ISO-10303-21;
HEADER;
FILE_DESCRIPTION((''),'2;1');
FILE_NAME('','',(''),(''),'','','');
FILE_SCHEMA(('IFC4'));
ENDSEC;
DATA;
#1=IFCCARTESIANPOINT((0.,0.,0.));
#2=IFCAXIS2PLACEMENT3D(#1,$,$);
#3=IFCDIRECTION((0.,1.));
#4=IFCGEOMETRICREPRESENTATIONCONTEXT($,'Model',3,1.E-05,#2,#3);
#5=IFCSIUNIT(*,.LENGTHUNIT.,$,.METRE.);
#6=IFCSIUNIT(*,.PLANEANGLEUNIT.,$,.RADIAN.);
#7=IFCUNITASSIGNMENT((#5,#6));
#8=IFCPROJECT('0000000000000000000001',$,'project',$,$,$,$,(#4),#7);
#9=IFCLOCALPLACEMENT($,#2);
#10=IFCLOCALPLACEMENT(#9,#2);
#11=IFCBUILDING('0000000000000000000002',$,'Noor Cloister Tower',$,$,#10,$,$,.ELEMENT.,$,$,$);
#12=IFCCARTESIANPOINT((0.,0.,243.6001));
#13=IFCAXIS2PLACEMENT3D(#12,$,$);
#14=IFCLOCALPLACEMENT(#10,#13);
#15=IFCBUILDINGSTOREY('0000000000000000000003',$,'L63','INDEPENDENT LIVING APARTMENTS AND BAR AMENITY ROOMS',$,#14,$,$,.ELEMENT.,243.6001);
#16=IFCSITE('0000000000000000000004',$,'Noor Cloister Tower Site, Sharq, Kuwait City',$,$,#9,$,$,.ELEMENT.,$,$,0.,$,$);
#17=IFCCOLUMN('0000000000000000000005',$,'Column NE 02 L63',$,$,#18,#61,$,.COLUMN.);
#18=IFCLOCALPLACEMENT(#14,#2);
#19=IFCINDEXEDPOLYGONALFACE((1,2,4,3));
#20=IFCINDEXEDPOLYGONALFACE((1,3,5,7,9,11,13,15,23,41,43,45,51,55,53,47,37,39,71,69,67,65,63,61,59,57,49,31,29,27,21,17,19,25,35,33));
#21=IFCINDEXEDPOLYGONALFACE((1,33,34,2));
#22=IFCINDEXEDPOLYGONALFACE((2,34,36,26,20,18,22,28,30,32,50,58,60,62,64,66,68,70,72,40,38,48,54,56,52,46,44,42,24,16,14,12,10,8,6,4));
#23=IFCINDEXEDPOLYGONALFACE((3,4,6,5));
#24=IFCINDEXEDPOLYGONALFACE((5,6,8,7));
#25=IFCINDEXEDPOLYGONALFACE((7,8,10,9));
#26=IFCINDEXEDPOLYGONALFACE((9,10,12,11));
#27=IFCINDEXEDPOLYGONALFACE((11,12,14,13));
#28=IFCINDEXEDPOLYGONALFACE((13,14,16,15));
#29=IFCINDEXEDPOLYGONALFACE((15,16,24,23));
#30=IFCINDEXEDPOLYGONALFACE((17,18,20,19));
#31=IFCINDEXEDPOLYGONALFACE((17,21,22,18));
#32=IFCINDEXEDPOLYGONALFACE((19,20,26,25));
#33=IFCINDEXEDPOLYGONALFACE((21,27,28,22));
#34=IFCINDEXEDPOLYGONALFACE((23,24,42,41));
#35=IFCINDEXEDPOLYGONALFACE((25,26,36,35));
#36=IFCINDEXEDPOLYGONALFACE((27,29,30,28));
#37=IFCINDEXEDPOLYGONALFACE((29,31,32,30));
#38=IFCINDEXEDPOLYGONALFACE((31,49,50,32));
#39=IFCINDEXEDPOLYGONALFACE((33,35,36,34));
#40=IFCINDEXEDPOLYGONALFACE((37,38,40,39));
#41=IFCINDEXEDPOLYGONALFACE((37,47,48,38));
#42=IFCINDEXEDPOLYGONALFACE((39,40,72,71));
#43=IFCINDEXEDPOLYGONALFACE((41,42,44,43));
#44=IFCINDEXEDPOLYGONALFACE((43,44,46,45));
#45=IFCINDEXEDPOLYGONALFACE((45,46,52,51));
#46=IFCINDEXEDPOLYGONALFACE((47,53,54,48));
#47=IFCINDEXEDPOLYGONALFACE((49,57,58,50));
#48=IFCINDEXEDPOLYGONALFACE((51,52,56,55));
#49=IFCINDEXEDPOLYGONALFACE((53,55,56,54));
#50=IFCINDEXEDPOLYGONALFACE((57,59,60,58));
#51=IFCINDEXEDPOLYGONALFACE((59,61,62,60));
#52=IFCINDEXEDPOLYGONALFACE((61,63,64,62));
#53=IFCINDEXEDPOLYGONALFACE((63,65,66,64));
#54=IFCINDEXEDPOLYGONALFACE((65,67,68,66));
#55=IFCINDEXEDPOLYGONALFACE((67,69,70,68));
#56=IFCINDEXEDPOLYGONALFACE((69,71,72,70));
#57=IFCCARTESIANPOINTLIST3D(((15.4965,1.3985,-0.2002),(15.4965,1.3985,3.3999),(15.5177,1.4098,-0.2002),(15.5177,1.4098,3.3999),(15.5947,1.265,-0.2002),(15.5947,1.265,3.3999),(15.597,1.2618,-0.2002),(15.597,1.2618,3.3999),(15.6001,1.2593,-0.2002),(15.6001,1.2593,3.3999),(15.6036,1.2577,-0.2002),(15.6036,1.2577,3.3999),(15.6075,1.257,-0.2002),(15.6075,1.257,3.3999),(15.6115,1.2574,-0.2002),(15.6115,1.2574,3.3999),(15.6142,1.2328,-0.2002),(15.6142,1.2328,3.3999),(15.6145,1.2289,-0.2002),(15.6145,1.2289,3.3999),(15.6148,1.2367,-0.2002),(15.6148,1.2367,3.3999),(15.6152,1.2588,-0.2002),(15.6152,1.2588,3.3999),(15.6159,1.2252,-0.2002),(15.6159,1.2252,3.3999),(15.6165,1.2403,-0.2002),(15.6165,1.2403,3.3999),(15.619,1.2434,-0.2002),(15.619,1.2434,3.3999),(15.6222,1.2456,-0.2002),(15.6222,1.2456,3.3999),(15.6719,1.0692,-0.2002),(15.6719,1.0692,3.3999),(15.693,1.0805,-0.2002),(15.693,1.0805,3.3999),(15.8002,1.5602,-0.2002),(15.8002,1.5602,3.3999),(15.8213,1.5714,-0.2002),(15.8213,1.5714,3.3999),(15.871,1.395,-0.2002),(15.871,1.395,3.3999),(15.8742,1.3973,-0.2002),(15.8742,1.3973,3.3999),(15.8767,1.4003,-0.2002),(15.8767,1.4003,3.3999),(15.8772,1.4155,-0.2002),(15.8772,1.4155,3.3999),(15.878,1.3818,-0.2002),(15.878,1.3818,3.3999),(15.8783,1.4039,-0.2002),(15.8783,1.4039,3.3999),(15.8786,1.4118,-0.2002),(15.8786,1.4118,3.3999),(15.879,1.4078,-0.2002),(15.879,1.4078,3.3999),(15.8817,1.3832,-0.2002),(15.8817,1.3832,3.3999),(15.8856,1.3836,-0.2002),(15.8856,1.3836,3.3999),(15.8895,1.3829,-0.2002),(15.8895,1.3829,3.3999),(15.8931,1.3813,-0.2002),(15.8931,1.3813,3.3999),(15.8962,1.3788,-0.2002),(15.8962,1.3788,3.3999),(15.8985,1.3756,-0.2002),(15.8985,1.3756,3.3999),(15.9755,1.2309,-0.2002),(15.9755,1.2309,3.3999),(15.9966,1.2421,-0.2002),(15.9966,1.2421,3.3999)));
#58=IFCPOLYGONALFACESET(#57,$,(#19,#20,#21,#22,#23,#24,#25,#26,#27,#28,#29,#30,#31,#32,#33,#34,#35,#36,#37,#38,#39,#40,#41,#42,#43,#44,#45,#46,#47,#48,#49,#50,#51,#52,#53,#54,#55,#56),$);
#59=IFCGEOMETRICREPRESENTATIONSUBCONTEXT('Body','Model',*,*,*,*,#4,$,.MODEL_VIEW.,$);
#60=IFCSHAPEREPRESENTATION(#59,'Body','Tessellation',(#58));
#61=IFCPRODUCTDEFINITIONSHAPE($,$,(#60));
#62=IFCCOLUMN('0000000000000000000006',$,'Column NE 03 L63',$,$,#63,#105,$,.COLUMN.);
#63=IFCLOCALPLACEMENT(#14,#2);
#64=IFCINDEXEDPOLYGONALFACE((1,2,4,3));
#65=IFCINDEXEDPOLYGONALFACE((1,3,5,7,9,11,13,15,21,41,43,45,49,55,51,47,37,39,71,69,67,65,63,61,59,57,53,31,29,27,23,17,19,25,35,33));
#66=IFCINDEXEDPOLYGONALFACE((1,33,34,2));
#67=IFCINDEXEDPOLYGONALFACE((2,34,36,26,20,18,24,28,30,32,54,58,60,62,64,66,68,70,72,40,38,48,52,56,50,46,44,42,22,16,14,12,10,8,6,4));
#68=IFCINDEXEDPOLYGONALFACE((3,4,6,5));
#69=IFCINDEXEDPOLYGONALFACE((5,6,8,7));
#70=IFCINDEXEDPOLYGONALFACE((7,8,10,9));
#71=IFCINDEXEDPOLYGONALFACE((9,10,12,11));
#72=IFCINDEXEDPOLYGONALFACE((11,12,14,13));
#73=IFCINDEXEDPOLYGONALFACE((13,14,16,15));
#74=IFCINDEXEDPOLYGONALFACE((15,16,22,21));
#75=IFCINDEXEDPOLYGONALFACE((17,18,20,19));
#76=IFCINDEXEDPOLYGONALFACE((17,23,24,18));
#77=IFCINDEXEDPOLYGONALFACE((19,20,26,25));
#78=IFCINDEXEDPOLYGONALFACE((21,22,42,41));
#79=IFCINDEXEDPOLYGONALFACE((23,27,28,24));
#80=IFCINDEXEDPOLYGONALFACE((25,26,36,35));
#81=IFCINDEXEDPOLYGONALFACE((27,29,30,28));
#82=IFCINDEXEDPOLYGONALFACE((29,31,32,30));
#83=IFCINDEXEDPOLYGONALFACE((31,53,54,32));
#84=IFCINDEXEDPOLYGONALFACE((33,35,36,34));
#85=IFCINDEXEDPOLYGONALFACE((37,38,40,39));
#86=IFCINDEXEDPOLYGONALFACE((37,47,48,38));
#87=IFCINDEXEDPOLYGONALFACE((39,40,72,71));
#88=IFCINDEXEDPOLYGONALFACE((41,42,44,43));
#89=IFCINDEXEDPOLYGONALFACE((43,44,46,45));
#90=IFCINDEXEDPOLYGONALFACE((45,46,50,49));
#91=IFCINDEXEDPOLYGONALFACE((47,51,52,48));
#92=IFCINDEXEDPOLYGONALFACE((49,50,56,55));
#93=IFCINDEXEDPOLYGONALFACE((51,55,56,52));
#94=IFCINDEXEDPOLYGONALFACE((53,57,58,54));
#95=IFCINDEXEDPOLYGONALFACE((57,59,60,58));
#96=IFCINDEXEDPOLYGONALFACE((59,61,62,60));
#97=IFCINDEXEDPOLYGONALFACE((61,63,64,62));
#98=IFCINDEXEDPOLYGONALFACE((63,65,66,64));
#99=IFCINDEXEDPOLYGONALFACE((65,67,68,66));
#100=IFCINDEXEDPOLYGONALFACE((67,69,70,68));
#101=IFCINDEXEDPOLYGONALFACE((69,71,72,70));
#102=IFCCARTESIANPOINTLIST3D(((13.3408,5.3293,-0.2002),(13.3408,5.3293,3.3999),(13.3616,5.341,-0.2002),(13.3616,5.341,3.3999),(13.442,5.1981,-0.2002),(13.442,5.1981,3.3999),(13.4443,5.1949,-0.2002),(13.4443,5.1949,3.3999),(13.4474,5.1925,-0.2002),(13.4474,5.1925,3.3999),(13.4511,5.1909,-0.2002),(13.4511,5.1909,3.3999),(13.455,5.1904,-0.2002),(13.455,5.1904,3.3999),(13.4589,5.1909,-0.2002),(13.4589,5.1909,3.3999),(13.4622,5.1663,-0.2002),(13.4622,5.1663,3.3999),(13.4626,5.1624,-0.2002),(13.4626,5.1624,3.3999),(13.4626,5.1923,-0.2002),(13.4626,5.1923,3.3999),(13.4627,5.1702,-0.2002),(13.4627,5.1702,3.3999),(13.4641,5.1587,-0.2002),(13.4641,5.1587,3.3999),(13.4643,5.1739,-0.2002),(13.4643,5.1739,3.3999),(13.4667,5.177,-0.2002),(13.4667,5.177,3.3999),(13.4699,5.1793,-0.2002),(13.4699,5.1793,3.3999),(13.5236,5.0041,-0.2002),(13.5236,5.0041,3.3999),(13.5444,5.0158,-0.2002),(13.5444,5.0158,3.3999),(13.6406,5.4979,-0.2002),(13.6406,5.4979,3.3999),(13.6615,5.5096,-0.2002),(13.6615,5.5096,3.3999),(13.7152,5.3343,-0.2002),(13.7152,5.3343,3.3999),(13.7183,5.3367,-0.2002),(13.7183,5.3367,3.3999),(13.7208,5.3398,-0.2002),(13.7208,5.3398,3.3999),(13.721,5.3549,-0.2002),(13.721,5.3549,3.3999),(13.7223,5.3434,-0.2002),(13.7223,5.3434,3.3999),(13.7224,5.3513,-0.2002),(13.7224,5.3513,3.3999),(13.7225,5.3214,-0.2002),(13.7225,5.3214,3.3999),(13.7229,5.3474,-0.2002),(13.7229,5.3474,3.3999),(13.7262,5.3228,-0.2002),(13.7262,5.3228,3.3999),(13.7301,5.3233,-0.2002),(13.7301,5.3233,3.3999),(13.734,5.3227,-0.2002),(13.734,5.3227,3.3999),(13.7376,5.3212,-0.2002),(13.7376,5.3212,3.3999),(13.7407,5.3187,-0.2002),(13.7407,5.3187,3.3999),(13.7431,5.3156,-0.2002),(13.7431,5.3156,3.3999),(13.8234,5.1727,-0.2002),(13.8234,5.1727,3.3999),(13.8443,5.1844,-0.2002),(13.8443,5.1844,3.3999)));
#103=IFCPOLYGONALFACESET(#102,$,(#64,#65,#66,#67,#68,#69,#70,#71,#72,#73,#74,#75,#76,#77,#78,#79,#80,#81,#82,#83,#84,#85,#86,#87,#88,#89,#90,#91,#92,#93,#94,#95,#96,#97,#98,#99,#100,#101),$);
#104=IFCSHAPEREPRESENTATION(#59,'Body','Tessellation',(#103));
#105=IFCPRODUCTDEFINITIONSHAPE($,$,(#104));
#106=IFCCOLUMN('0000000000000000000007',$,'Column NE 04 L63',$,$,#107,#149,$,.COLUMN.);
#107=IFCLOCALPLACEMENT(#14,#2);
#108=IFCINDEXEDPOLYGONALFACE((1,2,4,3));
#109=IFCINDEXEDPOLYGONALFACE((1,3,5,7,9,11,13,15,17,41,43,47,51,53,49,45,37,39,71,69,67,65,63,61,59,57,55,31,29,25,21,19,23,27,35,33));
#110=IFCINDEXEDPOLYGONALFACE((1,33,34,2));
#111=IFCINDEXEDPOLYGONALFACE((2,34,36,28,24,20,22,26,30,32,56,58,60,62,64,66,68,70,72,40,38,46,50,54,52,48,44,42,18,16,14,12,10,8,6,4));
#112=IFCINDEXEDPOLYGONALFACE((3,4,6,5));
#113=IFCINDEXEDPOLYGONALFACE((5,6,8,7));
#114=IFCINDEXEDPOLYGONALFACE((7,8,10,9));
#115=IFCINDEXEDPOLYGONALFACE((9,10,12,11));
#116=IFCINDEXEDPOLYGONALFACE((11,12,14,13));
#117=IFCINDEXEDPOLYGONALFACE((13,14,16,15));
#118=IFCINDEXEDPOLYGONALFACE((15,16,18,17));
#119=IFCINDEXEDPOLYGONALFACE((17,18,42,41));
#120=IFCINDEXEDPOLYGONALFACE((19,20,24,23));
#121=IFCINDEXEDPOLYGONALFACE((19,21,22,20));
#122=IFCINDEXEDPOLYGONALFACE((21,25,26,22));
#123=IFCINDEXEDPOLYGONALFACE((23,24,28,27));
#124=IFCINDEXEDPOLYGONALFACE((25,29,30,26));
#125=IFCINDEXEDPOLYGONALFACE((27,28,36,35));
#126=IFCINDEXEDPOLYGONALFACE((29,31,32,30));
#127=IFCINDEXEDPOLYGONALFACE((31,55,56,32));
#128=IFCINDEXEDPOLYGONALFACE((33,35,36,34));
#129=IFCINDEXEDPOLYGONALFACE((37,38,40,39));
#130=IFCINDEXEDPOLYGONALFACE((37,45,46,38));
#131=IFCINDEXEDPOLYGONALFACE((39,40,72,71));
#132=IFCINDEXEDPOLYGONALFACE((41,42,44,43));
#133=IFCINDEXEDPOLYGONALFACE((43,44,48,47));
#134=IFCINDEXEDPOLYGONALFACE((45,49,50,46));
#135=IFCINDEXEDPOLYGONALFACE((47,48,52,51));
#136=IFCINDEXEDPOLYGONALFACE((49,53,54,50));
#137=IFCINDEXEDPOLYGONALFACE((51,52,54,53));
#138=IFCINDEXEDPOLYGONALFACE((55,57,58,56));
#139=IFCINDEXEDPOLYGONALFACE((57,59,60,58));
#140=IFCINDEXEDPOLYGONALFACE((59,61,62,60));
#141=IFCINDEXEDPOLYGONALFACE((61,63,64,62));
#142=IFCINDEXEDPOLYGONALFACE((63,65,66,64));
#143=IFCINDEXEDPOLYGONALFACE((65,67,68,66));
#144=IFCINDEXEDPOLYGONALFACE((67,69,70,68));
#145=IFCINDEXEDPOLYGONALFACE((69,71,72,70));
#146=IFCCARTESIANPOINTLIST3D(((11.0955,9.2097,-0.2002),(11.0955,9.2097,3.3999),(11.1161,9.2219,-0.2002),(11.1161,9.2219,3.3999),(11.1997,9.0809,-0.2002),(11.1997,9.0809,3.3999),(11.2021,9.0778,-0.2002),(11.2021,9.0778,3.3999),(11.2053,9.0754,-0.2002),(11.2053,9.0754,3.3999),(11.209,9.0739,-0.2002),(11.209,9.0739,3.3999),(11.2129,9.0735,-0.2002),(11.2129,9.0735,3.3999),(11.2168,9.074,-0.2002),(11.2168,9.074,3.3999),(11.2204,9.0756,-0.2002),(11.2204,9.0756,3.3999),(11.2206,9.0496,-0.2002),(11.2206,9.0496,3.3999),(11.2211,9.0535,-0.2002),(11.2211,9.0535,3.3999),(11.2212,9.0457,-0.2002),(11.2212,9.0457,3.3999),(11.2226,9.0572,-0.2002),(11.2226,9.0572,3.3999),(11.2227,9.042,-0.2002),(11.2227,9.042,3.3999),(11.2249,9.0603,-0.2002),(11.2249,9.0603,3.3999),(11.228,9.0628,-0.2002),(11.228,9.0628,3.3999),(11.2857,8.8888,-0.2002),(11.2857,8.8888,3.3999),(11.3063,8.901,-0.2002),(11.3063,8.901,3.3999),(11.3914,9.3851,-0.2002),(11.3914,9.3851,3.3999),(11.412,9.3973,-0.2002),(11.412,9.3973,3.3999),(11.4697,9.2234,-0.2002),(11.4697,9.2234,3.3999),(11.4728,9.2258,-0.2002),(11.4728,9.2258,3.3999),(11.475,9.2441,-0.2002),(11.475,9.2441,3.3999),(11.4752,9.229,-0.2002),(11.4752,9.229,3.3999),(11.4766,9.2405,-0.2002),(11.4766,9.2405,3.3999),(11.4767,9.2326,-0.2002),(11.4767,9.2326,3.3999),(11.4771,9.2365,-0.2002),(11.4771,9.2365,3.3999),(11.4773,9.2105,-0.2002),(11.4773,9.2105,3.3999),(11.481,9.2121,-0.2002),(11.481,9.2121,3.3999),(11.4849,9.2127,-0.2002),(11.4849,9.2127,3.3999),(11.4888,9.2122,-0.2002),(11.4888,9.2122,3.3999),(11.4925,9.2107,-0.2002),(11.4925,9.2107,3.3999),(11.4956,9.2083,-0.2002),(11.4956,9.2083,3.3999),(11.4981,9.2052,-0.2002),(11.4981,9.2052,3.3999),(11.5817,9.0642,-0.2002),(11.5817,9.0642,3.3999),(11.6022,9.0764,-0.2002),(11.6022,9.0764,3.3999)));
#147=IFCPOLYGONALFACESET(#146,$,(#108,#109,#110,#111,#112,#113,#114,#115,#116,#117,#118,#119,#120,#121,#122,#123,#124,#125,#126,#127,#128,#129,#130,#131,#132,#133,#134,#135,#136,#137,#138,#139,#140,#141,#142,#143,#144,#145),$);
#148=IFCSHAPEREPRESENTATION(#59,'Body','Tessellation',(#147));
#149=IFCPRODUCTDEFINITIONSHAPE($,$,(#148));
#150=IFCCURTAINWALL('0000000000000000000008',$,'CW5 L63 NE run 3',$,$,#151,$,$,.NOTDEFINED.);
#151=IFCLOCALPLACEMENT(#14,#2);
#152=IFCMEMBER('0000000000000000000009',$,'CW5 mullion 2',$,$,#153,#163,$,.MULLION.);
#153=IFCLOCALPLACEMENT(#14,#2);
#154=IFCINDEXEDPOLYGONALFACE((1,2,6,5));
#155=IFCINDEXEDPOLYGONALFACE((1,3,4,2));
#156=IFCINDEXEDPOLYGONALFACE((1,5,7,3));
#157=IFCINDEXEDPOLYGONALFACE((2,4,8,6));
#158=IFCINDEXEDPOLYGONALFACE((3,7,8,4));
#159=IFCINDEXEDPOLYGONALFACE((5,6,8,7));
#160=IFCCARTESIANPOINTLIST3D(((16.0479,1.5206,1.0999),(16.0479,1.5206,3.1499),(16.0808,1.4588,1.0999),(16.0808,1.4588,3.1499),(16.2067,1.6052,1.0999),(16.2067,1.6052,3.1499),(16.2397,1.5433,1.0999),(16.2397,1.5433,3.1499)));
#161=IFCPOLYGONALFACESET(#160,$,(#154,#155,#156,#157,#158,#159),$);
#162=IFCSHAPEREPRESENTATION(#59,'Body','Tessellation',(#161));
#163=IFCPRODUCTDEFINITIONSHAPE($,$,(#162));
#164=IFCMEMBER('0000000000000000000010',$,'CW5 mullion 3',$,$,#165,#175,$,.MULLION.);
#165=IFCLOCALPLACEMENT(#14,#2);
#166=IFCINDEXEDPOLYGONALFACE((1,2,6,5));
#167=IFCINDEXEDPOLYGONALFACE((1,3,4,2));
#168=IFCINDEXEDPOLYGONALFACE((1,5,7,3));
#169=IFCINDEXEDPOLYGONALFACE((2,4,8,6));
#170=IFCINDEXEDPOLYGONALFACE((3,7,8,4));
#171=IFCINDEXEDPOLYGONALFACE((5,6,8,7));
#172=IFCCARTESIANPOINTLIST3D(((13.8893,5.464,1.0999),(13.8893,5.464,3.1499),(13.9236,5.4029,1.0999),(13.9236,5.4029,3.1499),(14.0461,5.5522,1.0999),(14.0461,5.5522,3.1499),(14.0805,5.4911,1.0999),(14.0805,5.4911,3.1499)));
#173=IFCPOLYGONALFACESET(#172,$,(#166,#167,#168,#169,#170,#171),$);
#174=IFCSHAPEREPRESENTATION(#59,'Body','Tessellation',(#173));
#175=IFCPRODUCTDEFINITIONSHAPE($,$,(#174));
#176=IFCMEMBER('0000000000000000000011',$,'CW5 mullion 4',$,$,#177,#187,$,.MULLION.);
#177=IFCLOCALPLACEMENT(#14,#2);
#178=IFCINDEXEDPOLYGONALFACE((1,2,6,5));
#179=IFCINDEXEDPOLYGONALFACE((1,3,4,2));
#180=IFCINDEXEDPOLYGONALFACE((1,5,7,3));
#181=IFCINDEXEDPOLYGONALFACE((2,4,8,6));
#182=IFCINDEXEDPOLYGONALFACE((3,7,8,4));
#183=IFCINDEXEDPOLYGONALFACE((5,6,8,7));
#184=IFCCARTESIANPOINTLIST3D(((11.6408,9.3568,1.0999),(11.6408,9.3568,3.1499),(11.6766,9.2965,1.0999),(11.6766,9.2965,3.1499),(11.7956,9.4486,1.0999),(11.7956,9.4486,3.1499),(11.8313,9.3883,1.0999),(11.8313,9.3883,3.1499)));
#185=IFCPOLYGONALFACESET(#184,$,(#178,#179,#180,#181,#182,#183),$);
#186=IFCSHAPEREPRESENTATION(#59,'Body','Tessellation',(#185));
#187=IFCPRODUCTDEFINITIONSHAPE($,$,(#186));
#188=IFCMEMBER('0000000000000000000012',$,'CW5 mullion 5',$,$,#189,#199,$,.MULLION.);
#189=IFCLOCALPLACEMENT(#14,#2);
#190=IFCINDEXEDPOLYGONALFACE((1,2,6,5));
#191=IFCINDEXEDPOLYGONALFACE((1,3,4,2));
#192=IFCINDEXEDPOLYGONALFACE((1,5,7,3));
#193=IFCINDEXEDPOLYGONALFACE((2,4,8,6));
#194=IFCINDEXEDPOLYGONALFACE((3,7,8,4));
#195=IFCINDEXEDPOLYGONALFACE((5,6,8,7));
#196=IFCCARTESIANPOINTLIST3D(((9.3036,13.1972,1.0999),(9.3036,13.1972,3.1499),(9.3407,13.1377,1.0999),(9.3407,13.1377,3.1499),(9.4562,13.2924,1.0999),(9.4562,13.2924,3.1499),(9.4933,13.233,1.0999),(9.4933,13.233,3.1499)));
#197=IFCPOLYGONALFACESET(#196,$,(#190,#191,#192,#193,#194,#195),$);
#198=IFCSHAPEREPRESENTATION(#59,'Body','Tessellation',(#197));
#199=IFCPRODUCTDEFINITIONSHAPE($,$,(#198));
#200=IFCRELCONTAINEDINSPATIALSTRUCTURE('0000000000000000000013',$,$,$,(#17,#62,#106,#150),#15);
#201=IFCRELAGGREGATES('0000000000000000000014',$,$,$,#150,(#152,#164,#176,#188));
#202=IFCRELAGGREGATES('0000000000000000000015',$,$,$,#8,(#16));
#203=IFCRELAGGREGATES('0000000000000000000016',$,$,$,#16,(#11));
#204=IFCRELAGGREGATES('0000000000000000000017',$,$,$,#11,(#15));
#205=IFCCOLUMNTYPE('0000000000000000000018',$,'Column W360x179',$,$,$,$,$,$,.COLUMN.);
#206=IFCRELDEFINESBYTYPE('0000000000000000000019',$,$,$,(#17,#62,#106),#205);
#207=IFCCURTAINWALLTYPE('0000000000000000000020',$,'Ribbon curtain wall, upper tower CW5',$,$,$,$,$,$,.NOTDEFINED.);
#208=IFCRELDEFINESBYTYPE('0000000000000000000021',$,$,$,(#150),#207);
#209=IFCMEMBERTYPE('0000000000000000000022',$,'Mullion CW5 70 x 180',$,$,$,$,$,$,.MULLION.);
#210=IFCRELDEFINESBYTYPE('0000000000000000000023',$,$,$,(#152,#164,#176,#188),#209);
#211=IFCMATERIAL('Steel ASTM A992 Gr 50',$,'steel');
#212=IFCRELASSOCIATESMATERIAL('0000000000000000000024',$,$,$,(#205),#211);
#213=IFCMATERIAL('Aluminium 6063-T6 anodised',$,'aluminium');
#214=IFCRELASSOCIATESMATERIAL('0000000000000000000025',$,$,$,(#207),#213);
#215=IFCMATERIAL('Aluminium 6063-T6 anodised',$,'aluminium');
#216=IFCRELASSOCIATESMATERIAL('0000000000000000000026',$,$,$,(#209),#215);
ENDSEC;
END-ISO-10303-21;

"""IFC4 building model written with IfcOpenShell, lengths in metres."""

from ifc_helpers import new_model, si_unit, direction, frame, origin, origin_2d, place, context, subcontext, project, spatial, rectangle, i_section, extrude, material, material_profile, profile_set, type_object, element, aggregate, save


model = new_model("IFC4")

# Units and contexts
model_context = context("Model", 3, precision=1e-05, world=origin(), true_north=direction((0.0, 1.0)))
body_context = subcontext(model_context, "Body", "Model", "MODEL_VIEW")
ifc_project = project(units=[si_unit("LENGTHUNIT", "METRE"), si_unit("PLANEANGLEUNIT", "RADIAN")], contexts=[model_context])

# Site, building, storey
site_placement = place(None, origin())
site = spatial("IfcSite", under=ifc_project, at=site_placement, Name="Noor Cloister Tower Site, Sharq, Kuwait City", CompositionType="ELEMENT", RefElevation=0.0)
building_placement = place(site_placement, origin())
building = spatial("IfcBuilding", under=site, at=building_placement, Name="Noor Cloister Tower", CompositionType="ELEMENT")
storey_placement = place(building_placement, frame((0.0, 0.0, 243.6001)))
storey = spatial("IfcBuildingStorey", under=building, at=storey_placement, Name="L63", Description="INDEPENDENT LIVING APARTMENTS AND BAR AMENITY ROOMS", CompositionType="ELEMENT", Elevation=243.6001)

# Columns
ifc_material_1 = material(Name="Steel ASTM A992 Gr 50", Category="steel")
ifc_material_profile_1 = material_profile(ifc_material_1, i_section(OverallWidth=0.373, OverallDepth=0.3679, WebThickness=0.0149, FlangeThickness=0.0239, FilletRadius=0.0151, at=origin_2d()), Name="W360x179")
ifc_profile_set_1 = profile_set([ifc_material_profile_1], Name="Steel ASTM A992 Gr 50")
column_type = type_object("IfcColumnType", Name="Column W360x179", PredefinedType="COLUMN", material=ifc_profile_set_1)
for number, where, z_axis, x_axis, name in (
    (1, (15.7466, 1.3203, -0.2002), (0.0, 0.0, 1.0), (-0.469927, 0.882705, 0.0), "Column NE 02 L63"),
    (2, (13.5925, 5.2568, -0.2002), (0.0, 0.0, 1.0), (-0.49004, 0.8717, 0.0), "Column NE 03 L63"),
    (3, (11.3489, 9.1431, -0.2002), (0.0, 0.0, 1.0), (-0.509895, 0.860237, 0.0), "Column NE 04 L63"),
):
    element("IfcColumn", number, at=place(storey_placement, frame(where, z_axis=z_axis, x_axis=x_axis)), inside=storey, type_object=column_type, Name=name, PredefinedType="COLUMN", context=body_context, shape_type="SweptSolid", body=[
        extrude(i_section(OverallWidth=0.373, OverallDepth=0.3679, WebThickness=0.0149, FlangeThickness=0.0239, FilletRadius=0.0151, at=origin_2d()), origin(), (0.0, 0.0, 1.0), 3.6001),
    ])

# Curtain wall, members
ifc_material_2 = material(Name="Aluminium 6063-T6 anodised", Category="aluminium")
curtain_wall_type = type_object("IfcCurtainWallType", Name="Ribbon curtain wall, upper tower CW5", PredefinedType="NOTDEFINED", material=ifc_material_2)
curtain_wall_placement = place(storey_placement, origin())
curtain_wall = element("IfcCurtainWall", 4, at=curtain_wall_placement, inside=storey, type_object=curtain_wall_type, Name="CW5 L63 NE run 3", PredefinedType="NOTDEFINED")
ifc_material_3 = material(Name="Aluminium 6063-T6 anodised", Category="aluminium")
ifc_material_profile_2 = material_profile(ifc_material_3, rectangle(XDim=0.1799, YDim=0.0701, at=origin_2d()), Name="180 x 70 mullion")
ifc_profile_set_2 = profile_set([ifc_material_profile_2], Name="Aluminium 6063-T6 anodised")
member_type = type_object("IfcMemberType", Name="Mullion CW5 70 x 180", PredefinedType="MULLION", material=ifc_profile_set_2)
member_1_placement = place(storey_placement, frame((16.1438, 1.532, 1.0999), z_axis=(0.0, 0.0, 1.0), x_axis=(-0.882705, -0.469927, 0.0)))
member_1 = element("IfcMember", 5, at=member_1_placement, type_object=member_type, Name="CW5 mullion 2", PredefinedType="MULLION", context=body_context, shape_type="SweptSolid", body=[
    extrude(rectangle(XDim=0.1799, YDim=0.0701, at=origin_2d()), origin(), (0.0, 0.0, 1.0), 2.05),
])
member_2_placement = place(storey_placement, frame((13.9849, 5.4775, 1.0999), z_axis=(0.0, 0.0, 1.0), x_axis=(-0.8717, -0.49004, 0.0)))
member_2 = element("IfcMember", 6, at=member_2_placement, type_object=member_type, Name="CW5 mullion 3", PredefinedType="MULLION", context=body_context, shape_type="SweptSolid", body=[
    extrude(rectangle(XDim=0.1799, YDim=0.0701, at=origin_2d()), origin(), (0.0, 0.0, 1.0), 2.05),
])
member_3_placement = place(storey_placement, frame((11.7361, 9.3726, 1.0999), z_axis=(0.0, 0.0, 1.0), x_axis=(-0.860237, -0.509895, 0.0)))
member_3 = element("IfcMember", 7, at=member_3_placement, type_object=member_type, Name="CW5 mullion 4", PredefinedType="MULLION", context=body_context, shape_type="SweptSolid", body=[
    extrude(rectangle(XDim=0.1799, YDim=0.0701, at=origin_2d()), origin(), (0.0, 0.0, 1.0), 2.05),
])
member_4_placement = place(storey_placement, frame((9.3984, 13.2151, 1.0999), z_axis=(0.0, 0.0, 1.0), x_axis=(-0.848322, -0.529481, 0.0)))
member_4 = element("IfcMember", 8, at=member_4_placement, type_object=member_type, Name="CW5 mullion 5", PredefinedType="MULLION", context=body_context, shape_type="SweptSolid", body=[
    extrude(rectangle(XDim=0.1799, YDim=0.0701, at=origin_2d()), origin(), (0.0, 0.0, 1.0), 2.05),
])

aggregate(curtain_wall, [member_1, member_2, member_3, member_4])

save(model, "model.ifc")
